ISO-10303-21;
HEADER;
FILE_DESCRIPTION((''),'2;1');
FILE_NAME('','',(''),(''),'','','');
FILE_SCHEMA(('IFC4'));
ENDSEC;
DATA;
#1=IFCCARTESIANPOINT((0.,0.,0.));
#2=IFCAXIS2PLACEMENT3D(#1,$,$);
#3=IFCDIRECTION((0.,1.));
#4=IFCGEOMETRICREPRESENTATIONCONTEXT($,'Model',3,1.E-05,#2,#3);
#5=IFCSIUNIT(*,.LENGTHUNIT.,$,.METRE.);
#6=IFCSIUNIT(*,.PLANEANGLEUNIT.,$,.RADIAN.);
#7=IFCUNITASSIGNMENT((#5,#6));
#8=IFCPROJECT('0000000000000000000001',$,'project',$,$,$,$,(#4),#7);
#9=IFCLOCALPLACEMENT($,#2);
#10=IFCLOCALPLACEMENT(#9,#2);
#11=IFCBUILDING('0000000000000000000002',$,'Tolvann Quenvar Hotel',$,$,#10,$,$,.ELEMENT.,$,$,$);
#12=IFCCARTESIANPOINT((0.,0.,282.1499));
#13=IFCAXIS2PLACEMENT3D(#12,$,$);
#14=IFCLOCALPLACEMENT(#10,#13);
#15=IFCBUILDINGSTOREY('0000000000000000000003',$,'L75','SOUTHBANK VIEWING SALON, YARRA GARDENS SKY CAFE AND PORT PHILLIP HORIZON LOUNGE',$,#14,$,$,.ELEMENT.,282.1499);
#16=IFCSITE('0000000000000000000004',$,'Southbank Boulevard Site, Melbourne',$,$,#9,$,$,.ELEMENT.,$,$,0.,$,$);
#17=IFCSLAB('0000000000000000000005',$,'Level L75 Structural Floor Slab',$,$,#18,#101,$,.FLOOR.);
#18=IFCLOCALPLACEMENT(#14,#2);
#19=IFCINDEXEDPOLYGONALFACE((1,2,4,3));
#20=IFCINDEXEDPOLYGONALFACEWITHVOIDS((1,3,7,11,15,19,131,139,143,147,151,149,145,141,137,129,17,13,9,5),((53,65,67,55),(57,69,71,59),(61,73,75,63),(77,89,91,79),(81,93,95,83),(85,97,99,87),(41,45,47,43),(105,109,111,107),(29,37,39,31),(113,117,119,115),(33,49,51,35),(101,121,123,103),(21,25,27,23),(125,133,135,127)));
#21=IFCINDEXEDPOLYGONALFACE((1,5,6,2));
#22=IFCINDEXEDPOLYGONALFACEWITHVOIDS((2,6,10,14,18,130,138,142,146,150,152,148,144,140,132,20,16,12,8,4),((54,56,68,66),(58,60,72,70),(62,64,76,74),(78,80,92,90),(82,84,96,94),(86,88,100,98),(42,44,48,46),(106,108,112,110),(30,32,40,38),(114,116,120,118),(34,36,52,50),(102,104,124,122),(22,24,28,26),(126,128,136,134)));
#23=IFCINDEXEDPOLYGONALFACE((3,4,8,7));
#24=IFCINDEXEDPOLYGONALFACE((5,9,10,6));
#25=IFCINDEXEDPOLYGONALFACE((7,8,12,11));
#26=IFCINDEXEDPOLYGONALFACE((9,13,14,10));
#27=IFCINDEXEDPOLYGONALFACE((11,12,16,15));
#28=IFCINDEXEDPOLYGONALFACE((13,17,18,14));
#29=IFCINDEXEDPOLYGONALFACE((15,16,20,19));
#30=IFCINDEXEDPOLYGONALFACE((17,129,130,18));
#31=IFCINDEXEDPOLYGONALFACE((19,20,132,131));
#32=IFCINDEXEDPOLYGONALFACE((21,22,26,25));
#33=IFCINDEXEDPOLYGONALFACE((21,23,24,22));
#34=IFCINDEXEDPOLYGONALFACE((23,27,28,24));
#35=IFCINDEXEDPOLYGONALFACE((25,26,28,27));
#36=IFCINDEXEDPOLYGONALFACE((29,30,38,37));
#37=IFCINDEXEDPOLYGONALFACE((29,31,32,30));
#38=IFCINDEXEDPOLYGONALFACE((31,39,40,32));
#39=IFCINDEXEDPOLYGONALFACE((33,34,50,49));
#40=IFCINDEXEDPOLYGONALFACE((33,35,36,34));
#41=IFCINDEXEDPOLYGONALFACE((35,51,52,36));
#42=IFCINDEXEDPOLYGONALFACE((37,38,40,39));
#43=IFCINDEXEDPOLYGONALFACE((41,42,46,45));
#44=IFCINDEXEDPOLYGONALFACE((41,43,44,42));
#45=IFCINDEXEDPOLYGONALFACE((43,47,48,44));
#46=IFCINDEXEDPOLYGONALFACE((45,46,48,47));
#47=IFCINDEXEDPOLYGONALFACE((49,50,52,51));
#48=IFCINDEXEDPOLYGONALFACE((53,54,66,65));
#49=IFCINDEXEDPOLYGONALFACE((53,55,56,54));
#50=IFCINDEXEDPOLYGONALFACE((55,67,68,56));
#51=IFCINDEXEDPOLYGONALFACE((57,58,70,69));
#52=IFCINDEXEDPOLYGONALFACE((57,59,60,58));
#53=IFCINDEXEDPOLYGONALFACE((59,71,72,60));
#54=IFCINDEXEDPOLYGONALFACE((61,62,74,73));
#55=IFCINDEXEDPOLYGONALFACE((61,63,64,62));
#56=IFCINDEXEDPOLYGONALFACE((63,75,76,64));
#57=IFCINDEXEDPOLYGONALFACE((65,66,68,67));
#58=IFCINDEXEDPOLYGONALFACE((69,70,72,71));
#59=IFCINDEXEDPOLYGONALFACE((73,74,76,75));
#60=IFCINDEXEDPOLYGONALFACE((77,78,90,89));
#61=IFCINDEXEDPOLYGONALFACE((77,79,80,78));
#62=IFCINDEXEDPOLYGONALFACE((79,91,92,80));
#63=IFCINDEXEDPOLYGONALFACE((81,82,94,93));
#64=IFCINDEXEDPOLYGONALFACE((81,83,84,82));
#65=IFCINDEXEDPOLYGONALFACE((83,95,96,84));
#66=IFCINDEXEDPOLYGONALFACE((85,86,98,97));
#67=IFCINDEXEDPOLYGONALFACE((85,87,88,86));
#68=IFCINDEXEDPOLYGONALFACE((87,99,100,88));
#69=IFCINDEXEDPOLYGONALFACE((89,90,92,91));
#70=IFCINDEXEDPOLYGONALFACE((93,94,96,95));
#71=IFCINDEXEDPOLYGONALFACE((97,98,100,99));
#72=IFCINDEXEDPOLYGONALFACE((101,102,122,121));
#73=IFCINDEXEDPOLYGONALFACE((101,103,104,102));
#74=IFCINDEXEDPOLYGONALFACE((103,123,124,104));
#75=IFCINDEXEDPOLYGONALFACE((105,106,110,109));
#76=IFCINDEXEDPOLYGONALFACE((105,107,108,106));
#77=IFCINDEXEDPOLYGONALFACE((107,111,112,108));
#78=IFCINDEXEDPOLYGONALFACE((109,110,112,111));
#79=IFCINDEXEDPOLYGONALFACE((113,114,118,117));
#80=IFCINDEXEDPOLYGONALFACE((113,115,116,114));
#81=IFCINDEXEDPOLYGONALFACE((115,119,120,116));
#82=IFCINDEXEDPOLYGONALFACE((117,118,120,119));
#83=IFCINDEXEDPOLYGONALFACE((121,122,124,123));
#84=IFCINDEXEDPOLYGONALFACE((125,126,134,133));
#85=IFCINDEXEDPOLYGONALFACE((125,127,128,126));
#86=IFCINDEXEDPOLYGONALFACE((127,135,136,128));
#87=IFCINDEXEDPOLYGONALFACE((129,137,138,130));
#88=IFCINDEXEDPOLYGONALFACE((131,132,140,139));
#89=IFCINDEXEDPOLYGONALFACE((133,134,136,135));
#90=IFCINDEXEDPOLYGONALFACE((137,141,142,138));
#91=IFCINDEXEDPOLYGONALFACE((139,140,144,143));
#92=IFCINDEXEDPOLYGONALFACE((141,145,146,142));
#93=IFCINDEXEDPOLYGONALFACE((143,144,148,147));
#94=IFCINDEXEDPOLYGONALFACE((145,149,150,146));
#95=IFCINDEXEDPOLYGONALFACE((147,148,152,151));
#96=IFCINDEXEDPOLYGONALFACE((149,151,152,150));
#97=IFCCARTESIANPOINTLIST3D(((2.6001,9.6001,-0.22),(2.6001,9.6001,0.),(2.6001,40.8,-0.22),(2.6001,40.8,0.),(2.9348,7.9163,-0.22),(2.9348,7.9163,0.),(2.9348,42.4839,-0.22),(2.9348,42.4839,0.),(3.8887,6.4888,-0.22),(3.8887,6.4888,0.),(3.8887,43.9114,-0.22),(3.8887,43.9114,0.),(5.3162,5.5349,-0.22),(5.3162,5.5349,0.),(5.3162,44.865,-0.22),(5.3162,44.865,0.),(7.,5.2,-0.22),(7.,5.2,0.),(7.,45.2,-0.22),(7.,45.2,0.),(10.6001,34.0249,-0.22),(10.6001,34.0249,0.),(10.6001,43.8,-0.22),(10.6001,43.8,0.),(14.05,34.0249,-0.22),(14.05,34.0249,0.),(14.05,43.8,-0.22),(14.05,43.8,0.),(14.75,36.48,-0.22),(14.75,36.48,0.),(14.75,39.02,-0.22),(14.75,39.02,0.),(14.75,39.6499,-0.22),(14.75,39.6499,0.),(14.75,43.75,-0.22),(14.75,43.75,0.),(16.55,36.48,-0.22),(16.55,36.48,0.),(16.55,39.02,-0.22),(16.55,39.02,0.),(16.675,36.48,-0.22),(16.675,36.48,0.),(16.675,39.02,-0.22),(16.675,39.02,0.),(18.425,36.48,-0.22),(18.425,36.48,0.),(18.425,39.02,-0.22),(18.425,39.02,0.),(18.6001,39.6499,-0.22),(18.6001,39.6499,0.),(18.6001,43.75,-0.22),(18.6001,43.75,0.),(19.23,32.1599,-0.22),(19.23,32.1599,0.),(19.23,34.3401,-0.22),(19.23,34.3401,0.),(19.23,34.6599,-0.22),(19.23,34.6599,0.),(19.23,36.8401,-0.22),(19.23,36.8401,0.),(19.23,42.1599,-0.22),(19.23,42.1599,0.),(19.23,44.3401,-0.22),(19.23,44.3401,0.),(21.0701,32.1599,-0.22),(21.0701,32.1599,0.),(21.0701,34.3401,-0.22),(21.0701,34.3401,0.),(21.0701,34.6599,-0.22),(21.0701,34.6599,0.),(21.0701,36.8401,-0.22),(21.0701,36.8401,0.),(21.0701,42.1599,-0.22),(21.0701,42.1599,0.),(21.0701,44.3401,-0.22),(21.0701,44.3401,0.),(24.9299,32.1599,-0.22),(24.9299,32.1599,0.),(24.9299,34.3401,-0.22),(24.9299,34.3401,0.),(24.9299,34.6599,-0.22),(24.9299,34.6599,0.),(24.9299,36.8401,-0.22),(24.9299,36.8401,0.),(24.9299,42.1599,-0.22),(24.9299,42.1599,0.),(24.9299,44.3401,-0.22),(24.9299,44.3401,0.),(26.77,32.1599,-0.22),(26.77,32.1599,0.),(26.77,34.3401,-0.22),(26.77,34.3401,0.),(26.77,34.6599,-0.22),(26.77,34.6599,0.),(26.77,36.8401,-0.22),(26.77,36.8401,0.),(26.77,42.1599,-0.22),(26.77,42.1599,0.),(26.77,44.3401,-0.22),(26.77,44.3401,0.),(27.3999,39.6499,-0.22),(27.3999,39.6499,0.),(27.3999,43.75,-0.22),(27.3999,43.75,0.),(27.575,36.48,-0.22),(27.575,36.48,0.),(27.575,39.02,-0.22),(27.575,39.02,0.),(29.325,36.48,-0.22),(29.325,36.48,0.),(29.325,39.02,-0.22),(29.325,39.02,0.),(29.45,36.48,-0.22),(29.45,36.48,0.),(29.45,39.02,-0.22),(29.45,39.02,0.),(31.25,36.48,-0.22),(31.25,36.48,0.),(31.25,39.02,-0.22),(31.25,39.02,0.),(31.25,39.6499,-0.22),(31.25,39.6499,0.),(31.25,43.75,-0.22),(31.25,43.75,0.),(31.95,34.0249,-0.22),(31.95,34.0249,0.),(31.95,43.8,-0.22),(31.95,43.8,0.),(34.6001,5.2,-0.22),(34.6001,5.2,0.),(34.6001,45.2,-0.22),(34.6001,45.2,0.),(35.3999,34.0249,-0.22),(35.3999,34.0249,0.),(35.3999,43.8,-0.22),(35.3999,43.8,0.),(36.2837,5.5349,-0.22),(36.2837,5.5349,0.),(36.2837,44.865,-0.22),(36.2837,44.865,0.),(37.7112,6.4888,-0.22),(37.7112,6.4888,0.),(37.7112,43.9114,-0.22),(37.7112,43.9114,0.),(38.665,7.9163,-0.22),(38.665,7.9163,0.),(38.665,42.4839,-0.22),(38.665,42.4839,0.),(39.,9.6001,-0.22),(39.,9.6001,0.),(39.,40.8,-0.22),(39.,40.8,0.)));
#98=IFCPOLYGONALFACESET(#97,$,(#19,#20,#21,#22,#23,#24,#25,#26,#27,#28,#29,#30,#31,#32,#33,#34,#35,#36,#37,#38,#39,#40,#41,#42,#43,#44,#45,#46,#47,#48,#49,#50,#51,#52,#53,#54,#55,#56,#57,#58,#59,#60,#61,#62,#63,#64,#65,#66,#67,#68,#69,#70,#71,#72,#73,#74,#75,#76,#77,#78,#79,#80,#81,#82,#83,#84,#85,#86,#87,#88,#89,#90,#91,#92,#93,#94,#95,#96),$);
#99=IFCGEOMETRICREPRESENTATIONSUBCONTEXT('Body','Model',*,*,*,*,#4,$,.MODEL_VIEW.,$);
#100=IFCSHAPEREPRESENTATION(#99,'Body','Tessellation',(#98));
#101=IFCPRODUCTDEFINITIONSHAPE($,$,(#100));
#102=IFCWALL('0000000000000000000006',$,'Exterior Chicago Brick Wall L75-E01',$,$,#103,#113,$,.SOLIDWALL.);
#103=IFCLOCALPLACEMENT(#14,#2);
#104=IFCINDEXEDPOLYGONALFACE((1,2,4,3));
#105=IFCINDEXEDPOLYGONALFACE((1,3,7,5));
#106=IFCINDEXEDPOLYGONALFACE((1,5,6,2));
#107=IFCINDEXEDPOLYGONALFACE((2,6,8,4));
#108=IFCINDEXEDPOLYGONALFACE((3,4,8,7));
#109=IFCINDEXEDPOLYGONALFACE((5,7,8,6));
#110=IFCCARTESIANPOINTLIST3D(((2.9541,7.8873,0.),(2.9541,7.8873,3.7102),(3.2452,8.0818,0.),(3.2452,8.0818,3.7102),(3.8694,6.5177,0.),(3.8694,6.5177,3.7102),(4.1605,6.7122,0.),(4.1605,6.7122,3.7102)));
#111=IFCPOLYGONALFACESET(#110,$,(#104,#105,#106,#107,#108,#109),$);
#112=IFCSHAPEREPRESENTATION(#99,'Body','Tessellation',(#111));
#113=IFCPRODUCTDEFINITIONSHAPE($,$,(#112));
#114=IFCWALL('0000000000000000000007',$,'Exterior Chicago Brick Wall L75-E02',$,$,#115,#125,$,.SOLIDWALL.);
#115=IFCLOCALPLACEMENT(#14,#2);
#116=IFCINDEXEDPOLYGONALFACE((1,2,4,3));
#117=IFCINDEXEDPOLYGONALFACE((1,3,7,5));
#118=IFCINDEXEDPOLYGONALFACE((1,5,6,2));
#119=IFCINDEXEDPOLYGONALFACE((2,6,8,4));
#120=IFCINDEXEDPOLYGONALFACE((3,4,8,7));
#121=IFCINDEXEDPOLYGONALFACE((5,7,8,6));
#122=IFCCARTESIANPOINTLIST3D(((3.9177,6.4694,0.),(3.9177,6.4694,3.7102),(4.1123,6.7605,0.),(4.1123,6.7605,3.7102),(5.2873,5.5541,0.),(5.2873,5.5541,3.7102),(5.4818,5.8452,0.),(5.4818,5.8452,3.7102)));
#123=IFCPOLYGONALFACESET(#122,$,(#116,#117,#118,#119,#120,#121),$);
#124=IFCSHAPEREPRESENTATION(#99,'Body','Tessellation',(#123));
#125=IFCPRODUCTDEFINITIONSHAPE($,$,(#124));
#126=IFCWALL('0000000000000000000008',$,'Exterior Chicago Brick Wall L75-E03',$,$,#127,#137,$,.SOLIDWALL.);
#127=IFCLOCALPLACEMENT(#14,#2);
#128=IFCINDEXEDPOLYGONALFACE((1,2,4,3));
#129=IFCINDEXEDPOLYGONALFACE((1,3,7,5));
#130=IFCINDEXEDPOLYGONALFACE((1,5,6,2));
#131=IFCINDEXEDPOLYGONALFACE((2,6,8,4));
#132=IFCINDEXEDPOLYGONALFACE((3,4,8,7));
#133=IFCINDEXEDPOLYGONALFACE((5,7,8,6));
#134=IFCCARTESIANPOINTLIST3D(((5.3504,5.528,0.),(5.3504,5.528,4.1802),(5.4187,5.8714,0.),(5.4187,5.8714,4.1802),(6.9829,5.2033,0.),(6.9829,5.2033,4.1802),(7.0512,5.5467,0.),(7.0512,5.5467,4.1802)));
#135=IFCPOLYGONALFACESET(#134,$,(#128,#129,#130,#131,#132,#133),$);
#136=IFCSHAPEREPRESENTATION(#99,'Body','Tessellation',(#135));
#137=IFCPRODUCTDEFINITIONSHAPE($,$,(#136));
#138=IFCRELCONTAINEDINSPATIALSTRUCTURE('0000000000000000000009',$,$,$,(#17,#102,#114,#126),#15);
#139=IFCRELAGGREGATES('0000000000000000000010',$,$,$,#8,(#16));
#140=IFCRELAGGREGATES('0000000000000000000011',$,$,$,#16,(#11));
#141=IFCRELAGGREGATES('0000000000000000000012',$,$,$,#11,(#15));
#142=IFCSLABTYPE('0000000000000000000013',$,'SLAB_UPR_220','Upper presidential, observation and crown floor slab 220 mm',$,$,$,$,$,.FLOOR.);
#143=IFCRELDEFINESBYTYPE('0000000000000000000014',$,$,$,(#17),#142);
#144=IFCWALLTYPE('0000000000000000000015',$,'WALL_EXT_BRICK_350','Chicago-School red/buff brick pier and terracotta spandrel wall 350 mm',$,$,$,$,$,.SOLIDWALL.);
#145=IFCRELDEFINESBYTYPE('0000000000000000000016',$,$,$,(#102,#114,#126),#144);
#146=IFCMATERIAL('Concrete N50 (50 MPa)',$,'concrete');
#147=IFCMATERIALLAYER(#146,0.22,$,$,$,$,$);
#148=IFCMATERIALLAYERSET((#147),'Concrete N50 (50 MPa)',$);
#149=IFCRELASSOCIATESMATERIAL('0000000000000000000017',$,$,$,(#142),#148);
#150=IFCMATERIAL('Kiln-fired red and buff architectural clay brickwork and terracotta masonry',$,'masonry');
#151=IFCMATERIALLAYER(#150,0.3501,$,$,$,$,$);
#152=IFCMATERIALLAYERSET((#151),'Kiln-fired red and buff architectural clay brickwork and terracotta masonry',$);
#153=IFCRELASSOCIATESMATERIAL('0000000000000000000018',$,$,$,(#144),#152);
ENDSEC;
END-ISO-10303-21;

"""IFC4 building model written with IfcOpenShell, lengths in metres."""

from ifc_helpers import new_model, si_unit, direction, frame, frame_2d, origin, place, context, subcontext, project, spatial, polyline, rectangle, outline, extrude, material, layer, layer_set, type_object, element, save


model = new_model("IFC4")

# Units and contexts
model_context = context("Model", 3, precision=1e-05, world=origin(), true_north=direction((0.0, 1.0)))
body_context = subcontext(model_context, "Body", "Model", "MODEL_VIEW")
ifc_project = project(units=[si_unit("LENGTHUNIT", "METRE"), si_unit("PLANEANGLEUNIT", "RADIAN")], contexts=[model_context])

# Site, building, storey
site_placement = place(None, origin())
site = spatial("IfcSite", under=ifc_project, at=site_placement, Name="Southbank Boulevard Site, Melbourne", CompositionType="ELEMENT", RefElevation=0.0)
building_placement = place(site_placement, origin())
building = spatial("IfcBuilding", under=site, at=building_placement, Name="Tolvann Quenvar Hotel", CompositionType="ELEMENT")
storey_placement = place(building_placement, frame((0.0, 0.0, 282.1499)))
storey = spatial("IfcBuildingStorey", under=building, at=storey_placement, Name="L75", Description="SOUTHBANK VIEWING SALON, YARRA GARDENS SKY CAFE AND PORT PHILLIP HORIZON LOUNGE", CompositionType="ELEMENT", Elevation=282.1499)

# Slab
ifc_material_1 = material(Name="Concrete N50 (50 MPa)", Category="concrete")
ifc_layer_1 = layer(ifc_material_1, 0.22)
ifc_layer_set_1 = layer_set([ifc_layer_1], Name="Concrete N50 (50 MPa)")
slab_type_1 = type_object("IfcSlabType", Name="SLAB_UPR_220", Description="Upper presidential, observation and crown floor slab 220 mm", PredefinedType="FLOOR", material=ifc_layer_set_1)
slab_1_placement = place(storey_placement, frame((0.0, 0.0, -0.22)))
element("IfcSlab", 1, at=slab_1_placement, inside=storey, type_object=slab_type_1, Name="Level L75 Structural Floor Slab", PredefinedType="FLOOR", context=body_context, shape_type="SweptSolid", body=[
    extrude(outline(polyline([(2.6001, 9.6001), (2.9348, 7.9163), (3.8887, 6.4888), (5.3162, 5.5349), (7.0, 5.2), (34.6001, 5.2), (36.2837, 5.5349), (37.7112, 6.4888), (38.665, 7.9163), (39.0, 9.6001), (39.0, 40.8), (38.665, 42.4839), (37.7112, 43.9114), (36.2837, 44.865), (34.6001, 45.2), (7.0, 45.2), (5.3162, 44.865), (3.8887, 43.9114), (2.9348, 42.4839), (2.6001, 40.8), (2.6001, 9.6001)]), holes=[polyline([(31.95, 34.0249), (31.95, 43.8), (35.3999, 43.8), (35.3999, 34.0249), (31.95, 34.0249)]), polyline([(27.3999, 43.75), (31.25, 43.75), (31.25, 39.6499), (27.3999, 39.6499), (27.3999, 43.75)]), polyline([(29.45, 39.02), (31.25, 39.02), (31.25, 36.48), (29.45, 36.48), (29.45, 39.02)]), polyline([(27.575, 39.02), (29.325, 39.02), (29.325, 36.48), (27.575, 36.48), (27.575, 39.02)]), polyline([(24.9299, 36.8401), (26.77, 36.8401), (26.77, 34.6599), (24.9299, 34.6599), (24.9299, 36.8401)]), polyline([(24.9299, 44.3401), (26.77, 44.3401), (26.77, 42.1599), (24.9299, 42.1599), (24.9299, 44.3401)]), polyline([(24.9299, 32.1599), (24.9299, 34.3401), (26.77, 34.3401), (26.77, 32.1599), (24.9299, 32.1599)]), polyline([(19.23, 36.8401), (21.0701, 36.8401), (21.0701, 34.6599), (19.23, 34.6599), (19.23, 36.8401)]), polyline([(19.23, 44.3401), (21.0701, 44.3401), (21.0701, 42.1599), (19.23, 42.1599), (19.23, 44.3401)]), polyline([(19.23, 32.1599), (19.23, 34.3401), (21.0701, 34.3401), (21.0701, 32.1599), (19.23, 32.1599)]), polyline([(14.75, 43.75), (18.6001, 43.75), (18.6001, 39.6499), (14.75, 39.6499), (14.75, 43.75)]), polyline([(16.675, 39.02), (18.425, 39.02), (18.425, 36.48), (16.675, 36.48), (16.675, 39.02)]), polyline([(14.75, 39.02), (16.55, 39.02), (16.55, 36.48), (14.75, 36.48), (14.75, 39.02)]), polyline([(10.6001, 34.0249), (10.6001, 43.8), (14.05, 43.8), (14.05, 34.0249), (10.6001, 34.0249)])]), origin(), (0.0, 0.0, 1.0), 0.22),
])

# Walls
ifc_material_2 = material(Name="Kiln-fired red and buff architectural clay brickwork and terracotta masonry", Category="masonry")
ifc_layer_2 = layer(ifc_material_2, 0.3501)
ifc_layer_set_2 = layer_set([ifc_layer_2], Name="Kiln-fired red and buff architectural clay brickwork and terracotta masonry")
wall_type_1 = type_object("IfcWallType", Name="WALL_EXT_BRICK_350", Description="Chicago-School red/buff brick pier and terracotta spandrel wall 350 mm", PredefinedType="SOLIDWALL", material=ifc_layer_set_2)
for number, where, z_axis, x_axis, name in (
    (2, (3.0996, 7.9846, 0.0), (0.0, 0.0, 1.0), (0.555623, -0.831434, 0.0), "Exterior Chicago Brick Wall L75-E01"),
    (3, (4.0149, 6.615, 0.0), (0.0, 0.0, 1.0), (0.831434, -0.555623, 0.0), "Exterior Chicago Brick Wall L75-E02"),
):
    element("IfcWall", number, at=place(storey_placement, frame(where, z_axis=z_axis, x_axis=x_axis)), inside=storey, type_object=wall_type_1, Name=name, PredefinedType="SOLIDWALL", context=body_context, shape_type="SweptSolid", body=[
        extrude(rectangle(XDim=1.6472, YDim=0.3501, at=frame_2d((0.8237, 0.0))), origin(), (0.0, 0.0, 1.0), 3.7102),
    ])
wall_1_placement = place(storey_placement, frame((5.3845, 5.6997, 0.0), z_axis=(0.0, 0.0, 1.0), x_axis=(0.980789, -0.195072, 0.0)))
element("IfcWall", 4, at=wall_1_placement, inside=storey, type_object=wall_type_1, Name="Exterior Chicago Brick Wall L75-E03", PredefinedType="SOLIDWALL", context=body_context, shape_type="SweptSolid", body=[
    extrude(rectangle(XDim=1.6646, YDim=0.3501, at=frame_2d((0.8323, 0.0))), origin(), (0.0, 0.0, 1.0), 4.1802),
])

save(model, "model.ifc")
